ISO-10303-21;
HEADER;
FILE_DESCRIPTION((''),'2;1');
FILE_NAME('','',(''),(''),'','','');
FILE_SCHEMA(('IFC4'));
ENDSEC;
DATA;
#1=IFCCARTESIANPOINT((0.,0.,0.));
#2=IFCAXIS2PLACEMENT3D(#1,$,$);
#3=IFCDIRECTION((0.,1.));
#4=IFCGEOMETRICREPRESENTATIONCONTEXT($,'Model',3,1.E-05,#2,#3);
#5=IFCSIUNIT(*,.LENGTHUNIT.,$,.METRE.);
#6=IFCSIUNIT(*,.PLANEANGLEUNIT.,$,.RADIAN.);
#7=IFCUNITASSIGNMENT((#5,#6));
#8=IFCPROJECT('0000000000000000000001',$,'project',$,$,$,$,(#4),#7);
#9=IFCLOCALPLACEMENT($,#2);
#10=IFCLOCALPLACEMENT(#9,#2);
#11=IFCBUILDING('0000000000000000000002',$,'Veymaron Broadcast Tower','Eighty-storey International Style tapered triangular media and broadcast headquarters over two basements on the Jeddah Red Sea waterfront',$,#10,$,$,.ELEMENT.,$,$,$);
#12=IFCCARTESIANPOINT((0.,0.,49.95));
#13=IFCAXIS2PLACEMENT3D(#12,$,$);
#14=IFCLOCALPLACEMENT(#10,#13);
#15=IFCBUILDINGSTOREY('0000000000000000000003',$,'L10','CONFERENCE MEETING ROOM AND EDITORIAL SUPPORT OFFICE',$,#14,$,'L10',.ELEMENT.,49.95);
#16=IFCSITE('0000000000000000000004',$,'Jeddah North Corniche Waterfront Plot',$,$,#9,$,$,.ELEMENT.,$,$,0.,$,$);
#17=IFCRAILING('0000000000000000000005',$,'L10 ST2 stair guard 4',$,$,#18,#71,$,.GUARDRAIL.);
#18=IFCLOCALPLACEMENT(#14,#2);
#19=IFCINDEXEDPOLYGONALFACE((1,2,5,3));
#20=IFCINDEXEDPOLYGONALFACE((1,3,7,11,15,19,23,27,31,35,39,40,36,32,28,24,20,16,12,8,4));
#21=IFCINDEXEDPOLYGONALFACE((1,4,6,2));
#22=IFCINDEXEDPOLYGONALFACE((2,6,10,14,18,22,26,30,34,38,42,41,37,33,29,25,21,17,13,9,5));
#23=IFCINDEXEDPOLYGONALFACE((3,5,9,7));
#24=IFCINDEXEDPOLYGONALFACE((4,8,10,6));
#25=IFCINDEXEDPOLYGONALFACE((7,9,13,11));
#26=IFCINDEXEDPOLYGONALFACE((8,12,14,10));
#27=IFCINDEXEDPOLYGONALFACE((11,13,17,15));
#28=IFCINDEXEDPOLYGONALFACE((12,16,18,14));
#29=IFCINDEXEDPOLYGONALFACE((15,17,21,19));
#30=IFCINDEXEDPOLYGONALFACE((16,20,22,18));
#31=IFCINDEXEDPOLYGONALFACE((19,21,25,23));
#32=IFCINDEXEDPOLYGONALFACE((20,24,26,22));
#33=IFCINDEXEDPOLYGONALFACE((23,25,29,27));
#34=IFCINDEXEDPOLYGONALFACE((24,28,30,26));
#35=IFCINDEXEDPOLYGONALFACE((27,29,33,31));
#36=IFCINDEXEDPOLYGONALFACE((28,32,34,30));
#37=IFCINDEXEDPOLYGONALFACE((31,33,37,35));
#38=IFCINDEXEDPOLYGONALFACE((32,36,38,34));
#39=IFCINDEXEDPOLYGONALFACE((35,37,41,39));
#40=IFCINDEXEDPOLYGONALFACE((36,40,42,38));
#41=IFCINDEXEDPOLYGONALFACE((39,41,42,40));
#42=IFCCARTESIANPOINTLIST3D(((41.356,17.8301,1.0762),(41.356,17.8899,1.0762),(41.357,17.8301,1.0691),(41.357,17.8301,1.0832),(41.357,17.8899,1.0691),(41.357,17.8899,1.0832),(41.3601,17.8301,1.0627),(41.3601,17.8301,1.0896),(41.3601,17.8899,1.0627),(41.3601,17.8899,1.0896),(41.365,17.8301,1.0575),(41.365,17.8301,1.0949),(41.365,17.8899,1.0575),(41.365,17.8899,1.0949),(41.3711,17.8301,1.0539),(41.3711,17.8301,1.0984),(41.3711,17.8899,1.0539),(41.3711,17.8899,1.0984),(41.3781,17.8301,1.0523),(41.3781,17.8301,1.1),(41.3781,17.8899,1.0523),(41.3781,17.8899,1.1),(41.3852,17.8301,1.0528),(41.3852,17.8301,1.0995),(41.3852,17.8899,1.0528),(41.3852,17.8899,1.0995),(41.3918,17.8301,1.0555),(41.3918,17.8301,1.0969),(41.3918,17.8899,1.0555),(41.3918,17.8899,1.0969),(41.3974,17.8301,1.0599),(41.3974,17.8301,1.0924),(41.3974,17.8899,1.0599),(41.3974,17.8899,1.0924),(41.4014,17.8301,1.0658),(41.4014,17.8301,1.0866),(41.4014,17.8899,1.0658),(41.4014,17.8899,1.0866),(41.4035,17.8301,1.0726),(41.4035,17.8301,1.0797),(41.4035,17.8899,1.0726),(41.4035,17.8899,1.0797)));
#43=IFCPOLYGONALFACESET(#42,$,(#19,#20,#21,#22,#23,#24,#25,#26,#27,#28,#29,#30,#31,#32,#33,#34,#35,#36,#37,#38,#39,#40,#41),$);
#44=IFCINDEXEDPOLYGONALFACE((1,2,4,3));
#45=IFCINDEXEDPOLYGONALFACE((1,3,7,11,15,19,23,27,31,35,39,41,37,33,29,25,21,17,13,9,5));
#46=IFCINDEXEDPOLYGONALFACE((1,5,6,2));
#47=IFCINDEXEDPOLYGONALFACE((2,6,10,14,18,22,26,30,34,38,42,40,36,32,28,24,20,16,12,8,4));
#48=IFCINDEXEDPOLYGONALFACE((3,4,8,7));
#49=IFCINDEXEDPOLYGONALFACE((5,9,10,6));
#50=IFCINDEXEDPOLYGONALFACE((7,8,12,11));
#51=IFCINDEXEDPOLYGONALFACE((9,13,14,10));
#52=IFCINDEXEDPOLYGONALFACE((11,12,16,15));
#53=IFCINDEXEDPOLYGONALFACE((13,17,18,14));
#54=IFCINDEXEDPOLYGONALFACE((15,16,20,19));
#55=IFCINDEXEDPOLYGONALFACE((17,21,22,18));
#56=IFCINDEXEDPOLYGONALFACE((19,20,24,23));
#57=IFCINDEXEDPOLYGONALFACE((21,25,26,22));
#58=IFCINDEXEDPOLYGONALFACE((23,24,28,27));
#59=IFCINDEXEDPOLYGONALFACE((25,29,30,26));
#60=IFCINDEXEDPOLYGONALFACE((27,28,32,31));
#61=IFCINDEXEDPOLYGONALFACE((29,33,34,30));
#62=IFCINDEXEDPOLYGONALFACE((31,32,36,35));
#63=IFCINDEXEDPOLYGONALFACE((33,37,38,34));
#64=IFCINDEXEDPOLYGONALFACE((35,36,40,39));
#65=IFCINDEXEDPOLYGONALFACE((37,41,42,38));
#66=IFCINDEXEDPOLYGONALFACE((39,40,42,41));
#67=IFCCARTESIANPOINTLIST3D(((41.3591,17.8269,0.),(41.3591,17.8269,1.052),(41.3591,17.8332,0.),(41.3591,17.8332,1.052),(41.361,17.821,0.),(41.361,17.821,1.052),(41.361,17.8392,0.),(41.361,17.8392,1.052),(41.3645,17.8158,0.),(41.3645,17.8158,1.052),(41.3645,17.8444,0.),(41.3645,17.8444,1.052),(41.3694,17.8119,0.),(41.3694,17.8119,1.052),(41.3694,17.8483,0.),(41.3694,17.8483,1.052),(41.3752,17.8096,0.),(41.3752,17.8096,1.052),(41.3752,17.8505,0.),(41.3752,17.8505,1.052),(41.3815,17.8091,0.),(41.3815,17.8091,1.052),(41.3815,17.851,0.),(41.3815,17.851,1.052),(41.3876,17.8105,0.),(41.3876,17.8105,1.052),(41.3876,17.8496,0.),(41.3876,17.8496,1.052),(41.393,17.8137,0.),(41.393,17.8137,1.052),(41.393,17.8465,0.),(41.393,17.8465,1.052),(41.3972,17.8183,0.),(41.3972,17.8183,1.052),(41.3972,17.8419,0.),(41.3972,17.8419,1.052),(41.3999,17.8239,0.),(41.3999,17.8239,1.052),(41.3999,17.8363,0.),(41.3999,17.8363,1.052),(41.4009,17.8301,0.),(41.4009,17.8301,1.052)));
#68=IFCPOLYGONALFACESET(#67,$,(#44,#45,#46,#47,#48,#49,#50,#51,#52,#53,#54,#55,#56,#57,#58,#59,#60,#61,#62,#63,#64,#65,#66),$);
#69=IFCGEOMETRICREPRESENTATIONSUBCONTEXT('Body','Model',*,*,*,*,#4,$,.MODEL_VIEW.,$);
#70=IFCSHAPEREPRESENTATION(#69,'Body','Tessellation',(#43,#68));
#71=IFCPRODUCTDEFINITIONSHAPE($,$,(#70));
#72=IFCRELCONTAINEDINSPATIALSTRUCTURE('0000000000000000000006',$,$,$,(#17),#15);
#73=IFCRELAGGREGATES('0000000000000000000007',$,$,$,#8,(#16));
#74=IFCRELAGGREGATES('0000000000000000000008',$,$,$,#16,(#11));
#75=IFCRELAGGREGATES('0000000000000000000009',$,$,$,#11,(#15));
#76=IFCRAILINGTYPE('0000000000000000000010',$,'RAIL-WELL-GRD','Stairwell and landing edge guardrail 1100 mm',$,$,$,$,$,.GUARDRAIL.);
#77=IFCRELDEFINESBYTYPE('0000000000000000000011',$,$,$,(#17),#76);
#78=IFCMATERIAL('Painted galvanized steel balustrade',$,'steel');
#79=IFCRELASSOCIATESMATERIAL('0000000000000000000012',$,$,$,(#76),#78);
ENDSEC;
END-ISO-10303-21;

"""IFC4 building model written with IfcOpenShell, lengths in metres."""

from ifc_helpers import new_model, si_unit, direction, frame, origin, origin_2d, place, context, subcontext, project, spatial, circle, extrude, material, type_object, element, save


model = new_model("IFC4")

# Units and contexts
model_context = context("Model", 3, precision=1e-05, world=origin(), true_north=direction((0.0, 1.0)))
body_context = subcontext(model_context, "Body", "Model", "MODEL_VIEW")
ifc_project = project(units=[si_unit("LENGTHUNIT", "METRE"), si_unit("PLANEANGLEUNIT", "RADIAN")], contexts=[model_context])

# Site, building, storey
site_placement = place(None, origin())
site = spatial("IfcSite", under=ifc_project, at=site_placement, Name="Jeddah North Corniche Waterfront Plot", CompositionType="ELEMENT", RefElevation=0.0)
building_placement = place(site_placement, origin())
building = spatial("IfcBuilding", under=site, at=building_placement, Name="Veymaron Broadcast Tower", Description="Eighty-storey International Style tapered triangular media and broadcast headquarters over two basements on the Jeddah Red Sea waterfront", CompositionType="ELEMENT")
storey_placement = place(building_placement, frame((0.0, 0.0, 49.95)))
storey = spatial("IfcBuildingStorey", under=building, at=storey_placement, Name="L10", Description="CONFERENCE MEETING ROOM AND EDITORIAL SUPPORT OFFICE", LongName="L10", CompositionType="ELEMENT", Elevation=49.95)

# Railing
ifc_material_1 = material(Name="Painted galvanized steel balustrade", Category="steel")
railing_type_1 = type_object("IfcRailingType", Name="RAIL-WELL-GRD", Description="Stairwell and landing edge guardrail 1100 mm", PredefinedType="GUARDRAIL", material=ifc_material_1)
railing_1_placement = place(storey_placement, frame((41.3799, 17.8301, 0.0)))
element("IfcRailing", 1, at=railing_1_placement, inside=storey, type_object=railing_type_1, Name="L10 ST2 stair guard 4", PredefinedType="GUARDRAIL", context=body_context, shape_type="SweptSolid", body=[
    extrude(circle(Radius=0.0239, at=origin_2d()), frame((0.0, 0.0, 1.0762), z_axis=(0.0, 1.0, 0.0), x_axis=(-1.0, 0.0, 0.0)), (0.0, 0.0, 1.0), 0.0598),
    extrude(circle(Radius=0.021, at=origin_2d()), origin(), (0.0, 0.0, 1.0), 1.052),
])

save(model, "model.ifc")
